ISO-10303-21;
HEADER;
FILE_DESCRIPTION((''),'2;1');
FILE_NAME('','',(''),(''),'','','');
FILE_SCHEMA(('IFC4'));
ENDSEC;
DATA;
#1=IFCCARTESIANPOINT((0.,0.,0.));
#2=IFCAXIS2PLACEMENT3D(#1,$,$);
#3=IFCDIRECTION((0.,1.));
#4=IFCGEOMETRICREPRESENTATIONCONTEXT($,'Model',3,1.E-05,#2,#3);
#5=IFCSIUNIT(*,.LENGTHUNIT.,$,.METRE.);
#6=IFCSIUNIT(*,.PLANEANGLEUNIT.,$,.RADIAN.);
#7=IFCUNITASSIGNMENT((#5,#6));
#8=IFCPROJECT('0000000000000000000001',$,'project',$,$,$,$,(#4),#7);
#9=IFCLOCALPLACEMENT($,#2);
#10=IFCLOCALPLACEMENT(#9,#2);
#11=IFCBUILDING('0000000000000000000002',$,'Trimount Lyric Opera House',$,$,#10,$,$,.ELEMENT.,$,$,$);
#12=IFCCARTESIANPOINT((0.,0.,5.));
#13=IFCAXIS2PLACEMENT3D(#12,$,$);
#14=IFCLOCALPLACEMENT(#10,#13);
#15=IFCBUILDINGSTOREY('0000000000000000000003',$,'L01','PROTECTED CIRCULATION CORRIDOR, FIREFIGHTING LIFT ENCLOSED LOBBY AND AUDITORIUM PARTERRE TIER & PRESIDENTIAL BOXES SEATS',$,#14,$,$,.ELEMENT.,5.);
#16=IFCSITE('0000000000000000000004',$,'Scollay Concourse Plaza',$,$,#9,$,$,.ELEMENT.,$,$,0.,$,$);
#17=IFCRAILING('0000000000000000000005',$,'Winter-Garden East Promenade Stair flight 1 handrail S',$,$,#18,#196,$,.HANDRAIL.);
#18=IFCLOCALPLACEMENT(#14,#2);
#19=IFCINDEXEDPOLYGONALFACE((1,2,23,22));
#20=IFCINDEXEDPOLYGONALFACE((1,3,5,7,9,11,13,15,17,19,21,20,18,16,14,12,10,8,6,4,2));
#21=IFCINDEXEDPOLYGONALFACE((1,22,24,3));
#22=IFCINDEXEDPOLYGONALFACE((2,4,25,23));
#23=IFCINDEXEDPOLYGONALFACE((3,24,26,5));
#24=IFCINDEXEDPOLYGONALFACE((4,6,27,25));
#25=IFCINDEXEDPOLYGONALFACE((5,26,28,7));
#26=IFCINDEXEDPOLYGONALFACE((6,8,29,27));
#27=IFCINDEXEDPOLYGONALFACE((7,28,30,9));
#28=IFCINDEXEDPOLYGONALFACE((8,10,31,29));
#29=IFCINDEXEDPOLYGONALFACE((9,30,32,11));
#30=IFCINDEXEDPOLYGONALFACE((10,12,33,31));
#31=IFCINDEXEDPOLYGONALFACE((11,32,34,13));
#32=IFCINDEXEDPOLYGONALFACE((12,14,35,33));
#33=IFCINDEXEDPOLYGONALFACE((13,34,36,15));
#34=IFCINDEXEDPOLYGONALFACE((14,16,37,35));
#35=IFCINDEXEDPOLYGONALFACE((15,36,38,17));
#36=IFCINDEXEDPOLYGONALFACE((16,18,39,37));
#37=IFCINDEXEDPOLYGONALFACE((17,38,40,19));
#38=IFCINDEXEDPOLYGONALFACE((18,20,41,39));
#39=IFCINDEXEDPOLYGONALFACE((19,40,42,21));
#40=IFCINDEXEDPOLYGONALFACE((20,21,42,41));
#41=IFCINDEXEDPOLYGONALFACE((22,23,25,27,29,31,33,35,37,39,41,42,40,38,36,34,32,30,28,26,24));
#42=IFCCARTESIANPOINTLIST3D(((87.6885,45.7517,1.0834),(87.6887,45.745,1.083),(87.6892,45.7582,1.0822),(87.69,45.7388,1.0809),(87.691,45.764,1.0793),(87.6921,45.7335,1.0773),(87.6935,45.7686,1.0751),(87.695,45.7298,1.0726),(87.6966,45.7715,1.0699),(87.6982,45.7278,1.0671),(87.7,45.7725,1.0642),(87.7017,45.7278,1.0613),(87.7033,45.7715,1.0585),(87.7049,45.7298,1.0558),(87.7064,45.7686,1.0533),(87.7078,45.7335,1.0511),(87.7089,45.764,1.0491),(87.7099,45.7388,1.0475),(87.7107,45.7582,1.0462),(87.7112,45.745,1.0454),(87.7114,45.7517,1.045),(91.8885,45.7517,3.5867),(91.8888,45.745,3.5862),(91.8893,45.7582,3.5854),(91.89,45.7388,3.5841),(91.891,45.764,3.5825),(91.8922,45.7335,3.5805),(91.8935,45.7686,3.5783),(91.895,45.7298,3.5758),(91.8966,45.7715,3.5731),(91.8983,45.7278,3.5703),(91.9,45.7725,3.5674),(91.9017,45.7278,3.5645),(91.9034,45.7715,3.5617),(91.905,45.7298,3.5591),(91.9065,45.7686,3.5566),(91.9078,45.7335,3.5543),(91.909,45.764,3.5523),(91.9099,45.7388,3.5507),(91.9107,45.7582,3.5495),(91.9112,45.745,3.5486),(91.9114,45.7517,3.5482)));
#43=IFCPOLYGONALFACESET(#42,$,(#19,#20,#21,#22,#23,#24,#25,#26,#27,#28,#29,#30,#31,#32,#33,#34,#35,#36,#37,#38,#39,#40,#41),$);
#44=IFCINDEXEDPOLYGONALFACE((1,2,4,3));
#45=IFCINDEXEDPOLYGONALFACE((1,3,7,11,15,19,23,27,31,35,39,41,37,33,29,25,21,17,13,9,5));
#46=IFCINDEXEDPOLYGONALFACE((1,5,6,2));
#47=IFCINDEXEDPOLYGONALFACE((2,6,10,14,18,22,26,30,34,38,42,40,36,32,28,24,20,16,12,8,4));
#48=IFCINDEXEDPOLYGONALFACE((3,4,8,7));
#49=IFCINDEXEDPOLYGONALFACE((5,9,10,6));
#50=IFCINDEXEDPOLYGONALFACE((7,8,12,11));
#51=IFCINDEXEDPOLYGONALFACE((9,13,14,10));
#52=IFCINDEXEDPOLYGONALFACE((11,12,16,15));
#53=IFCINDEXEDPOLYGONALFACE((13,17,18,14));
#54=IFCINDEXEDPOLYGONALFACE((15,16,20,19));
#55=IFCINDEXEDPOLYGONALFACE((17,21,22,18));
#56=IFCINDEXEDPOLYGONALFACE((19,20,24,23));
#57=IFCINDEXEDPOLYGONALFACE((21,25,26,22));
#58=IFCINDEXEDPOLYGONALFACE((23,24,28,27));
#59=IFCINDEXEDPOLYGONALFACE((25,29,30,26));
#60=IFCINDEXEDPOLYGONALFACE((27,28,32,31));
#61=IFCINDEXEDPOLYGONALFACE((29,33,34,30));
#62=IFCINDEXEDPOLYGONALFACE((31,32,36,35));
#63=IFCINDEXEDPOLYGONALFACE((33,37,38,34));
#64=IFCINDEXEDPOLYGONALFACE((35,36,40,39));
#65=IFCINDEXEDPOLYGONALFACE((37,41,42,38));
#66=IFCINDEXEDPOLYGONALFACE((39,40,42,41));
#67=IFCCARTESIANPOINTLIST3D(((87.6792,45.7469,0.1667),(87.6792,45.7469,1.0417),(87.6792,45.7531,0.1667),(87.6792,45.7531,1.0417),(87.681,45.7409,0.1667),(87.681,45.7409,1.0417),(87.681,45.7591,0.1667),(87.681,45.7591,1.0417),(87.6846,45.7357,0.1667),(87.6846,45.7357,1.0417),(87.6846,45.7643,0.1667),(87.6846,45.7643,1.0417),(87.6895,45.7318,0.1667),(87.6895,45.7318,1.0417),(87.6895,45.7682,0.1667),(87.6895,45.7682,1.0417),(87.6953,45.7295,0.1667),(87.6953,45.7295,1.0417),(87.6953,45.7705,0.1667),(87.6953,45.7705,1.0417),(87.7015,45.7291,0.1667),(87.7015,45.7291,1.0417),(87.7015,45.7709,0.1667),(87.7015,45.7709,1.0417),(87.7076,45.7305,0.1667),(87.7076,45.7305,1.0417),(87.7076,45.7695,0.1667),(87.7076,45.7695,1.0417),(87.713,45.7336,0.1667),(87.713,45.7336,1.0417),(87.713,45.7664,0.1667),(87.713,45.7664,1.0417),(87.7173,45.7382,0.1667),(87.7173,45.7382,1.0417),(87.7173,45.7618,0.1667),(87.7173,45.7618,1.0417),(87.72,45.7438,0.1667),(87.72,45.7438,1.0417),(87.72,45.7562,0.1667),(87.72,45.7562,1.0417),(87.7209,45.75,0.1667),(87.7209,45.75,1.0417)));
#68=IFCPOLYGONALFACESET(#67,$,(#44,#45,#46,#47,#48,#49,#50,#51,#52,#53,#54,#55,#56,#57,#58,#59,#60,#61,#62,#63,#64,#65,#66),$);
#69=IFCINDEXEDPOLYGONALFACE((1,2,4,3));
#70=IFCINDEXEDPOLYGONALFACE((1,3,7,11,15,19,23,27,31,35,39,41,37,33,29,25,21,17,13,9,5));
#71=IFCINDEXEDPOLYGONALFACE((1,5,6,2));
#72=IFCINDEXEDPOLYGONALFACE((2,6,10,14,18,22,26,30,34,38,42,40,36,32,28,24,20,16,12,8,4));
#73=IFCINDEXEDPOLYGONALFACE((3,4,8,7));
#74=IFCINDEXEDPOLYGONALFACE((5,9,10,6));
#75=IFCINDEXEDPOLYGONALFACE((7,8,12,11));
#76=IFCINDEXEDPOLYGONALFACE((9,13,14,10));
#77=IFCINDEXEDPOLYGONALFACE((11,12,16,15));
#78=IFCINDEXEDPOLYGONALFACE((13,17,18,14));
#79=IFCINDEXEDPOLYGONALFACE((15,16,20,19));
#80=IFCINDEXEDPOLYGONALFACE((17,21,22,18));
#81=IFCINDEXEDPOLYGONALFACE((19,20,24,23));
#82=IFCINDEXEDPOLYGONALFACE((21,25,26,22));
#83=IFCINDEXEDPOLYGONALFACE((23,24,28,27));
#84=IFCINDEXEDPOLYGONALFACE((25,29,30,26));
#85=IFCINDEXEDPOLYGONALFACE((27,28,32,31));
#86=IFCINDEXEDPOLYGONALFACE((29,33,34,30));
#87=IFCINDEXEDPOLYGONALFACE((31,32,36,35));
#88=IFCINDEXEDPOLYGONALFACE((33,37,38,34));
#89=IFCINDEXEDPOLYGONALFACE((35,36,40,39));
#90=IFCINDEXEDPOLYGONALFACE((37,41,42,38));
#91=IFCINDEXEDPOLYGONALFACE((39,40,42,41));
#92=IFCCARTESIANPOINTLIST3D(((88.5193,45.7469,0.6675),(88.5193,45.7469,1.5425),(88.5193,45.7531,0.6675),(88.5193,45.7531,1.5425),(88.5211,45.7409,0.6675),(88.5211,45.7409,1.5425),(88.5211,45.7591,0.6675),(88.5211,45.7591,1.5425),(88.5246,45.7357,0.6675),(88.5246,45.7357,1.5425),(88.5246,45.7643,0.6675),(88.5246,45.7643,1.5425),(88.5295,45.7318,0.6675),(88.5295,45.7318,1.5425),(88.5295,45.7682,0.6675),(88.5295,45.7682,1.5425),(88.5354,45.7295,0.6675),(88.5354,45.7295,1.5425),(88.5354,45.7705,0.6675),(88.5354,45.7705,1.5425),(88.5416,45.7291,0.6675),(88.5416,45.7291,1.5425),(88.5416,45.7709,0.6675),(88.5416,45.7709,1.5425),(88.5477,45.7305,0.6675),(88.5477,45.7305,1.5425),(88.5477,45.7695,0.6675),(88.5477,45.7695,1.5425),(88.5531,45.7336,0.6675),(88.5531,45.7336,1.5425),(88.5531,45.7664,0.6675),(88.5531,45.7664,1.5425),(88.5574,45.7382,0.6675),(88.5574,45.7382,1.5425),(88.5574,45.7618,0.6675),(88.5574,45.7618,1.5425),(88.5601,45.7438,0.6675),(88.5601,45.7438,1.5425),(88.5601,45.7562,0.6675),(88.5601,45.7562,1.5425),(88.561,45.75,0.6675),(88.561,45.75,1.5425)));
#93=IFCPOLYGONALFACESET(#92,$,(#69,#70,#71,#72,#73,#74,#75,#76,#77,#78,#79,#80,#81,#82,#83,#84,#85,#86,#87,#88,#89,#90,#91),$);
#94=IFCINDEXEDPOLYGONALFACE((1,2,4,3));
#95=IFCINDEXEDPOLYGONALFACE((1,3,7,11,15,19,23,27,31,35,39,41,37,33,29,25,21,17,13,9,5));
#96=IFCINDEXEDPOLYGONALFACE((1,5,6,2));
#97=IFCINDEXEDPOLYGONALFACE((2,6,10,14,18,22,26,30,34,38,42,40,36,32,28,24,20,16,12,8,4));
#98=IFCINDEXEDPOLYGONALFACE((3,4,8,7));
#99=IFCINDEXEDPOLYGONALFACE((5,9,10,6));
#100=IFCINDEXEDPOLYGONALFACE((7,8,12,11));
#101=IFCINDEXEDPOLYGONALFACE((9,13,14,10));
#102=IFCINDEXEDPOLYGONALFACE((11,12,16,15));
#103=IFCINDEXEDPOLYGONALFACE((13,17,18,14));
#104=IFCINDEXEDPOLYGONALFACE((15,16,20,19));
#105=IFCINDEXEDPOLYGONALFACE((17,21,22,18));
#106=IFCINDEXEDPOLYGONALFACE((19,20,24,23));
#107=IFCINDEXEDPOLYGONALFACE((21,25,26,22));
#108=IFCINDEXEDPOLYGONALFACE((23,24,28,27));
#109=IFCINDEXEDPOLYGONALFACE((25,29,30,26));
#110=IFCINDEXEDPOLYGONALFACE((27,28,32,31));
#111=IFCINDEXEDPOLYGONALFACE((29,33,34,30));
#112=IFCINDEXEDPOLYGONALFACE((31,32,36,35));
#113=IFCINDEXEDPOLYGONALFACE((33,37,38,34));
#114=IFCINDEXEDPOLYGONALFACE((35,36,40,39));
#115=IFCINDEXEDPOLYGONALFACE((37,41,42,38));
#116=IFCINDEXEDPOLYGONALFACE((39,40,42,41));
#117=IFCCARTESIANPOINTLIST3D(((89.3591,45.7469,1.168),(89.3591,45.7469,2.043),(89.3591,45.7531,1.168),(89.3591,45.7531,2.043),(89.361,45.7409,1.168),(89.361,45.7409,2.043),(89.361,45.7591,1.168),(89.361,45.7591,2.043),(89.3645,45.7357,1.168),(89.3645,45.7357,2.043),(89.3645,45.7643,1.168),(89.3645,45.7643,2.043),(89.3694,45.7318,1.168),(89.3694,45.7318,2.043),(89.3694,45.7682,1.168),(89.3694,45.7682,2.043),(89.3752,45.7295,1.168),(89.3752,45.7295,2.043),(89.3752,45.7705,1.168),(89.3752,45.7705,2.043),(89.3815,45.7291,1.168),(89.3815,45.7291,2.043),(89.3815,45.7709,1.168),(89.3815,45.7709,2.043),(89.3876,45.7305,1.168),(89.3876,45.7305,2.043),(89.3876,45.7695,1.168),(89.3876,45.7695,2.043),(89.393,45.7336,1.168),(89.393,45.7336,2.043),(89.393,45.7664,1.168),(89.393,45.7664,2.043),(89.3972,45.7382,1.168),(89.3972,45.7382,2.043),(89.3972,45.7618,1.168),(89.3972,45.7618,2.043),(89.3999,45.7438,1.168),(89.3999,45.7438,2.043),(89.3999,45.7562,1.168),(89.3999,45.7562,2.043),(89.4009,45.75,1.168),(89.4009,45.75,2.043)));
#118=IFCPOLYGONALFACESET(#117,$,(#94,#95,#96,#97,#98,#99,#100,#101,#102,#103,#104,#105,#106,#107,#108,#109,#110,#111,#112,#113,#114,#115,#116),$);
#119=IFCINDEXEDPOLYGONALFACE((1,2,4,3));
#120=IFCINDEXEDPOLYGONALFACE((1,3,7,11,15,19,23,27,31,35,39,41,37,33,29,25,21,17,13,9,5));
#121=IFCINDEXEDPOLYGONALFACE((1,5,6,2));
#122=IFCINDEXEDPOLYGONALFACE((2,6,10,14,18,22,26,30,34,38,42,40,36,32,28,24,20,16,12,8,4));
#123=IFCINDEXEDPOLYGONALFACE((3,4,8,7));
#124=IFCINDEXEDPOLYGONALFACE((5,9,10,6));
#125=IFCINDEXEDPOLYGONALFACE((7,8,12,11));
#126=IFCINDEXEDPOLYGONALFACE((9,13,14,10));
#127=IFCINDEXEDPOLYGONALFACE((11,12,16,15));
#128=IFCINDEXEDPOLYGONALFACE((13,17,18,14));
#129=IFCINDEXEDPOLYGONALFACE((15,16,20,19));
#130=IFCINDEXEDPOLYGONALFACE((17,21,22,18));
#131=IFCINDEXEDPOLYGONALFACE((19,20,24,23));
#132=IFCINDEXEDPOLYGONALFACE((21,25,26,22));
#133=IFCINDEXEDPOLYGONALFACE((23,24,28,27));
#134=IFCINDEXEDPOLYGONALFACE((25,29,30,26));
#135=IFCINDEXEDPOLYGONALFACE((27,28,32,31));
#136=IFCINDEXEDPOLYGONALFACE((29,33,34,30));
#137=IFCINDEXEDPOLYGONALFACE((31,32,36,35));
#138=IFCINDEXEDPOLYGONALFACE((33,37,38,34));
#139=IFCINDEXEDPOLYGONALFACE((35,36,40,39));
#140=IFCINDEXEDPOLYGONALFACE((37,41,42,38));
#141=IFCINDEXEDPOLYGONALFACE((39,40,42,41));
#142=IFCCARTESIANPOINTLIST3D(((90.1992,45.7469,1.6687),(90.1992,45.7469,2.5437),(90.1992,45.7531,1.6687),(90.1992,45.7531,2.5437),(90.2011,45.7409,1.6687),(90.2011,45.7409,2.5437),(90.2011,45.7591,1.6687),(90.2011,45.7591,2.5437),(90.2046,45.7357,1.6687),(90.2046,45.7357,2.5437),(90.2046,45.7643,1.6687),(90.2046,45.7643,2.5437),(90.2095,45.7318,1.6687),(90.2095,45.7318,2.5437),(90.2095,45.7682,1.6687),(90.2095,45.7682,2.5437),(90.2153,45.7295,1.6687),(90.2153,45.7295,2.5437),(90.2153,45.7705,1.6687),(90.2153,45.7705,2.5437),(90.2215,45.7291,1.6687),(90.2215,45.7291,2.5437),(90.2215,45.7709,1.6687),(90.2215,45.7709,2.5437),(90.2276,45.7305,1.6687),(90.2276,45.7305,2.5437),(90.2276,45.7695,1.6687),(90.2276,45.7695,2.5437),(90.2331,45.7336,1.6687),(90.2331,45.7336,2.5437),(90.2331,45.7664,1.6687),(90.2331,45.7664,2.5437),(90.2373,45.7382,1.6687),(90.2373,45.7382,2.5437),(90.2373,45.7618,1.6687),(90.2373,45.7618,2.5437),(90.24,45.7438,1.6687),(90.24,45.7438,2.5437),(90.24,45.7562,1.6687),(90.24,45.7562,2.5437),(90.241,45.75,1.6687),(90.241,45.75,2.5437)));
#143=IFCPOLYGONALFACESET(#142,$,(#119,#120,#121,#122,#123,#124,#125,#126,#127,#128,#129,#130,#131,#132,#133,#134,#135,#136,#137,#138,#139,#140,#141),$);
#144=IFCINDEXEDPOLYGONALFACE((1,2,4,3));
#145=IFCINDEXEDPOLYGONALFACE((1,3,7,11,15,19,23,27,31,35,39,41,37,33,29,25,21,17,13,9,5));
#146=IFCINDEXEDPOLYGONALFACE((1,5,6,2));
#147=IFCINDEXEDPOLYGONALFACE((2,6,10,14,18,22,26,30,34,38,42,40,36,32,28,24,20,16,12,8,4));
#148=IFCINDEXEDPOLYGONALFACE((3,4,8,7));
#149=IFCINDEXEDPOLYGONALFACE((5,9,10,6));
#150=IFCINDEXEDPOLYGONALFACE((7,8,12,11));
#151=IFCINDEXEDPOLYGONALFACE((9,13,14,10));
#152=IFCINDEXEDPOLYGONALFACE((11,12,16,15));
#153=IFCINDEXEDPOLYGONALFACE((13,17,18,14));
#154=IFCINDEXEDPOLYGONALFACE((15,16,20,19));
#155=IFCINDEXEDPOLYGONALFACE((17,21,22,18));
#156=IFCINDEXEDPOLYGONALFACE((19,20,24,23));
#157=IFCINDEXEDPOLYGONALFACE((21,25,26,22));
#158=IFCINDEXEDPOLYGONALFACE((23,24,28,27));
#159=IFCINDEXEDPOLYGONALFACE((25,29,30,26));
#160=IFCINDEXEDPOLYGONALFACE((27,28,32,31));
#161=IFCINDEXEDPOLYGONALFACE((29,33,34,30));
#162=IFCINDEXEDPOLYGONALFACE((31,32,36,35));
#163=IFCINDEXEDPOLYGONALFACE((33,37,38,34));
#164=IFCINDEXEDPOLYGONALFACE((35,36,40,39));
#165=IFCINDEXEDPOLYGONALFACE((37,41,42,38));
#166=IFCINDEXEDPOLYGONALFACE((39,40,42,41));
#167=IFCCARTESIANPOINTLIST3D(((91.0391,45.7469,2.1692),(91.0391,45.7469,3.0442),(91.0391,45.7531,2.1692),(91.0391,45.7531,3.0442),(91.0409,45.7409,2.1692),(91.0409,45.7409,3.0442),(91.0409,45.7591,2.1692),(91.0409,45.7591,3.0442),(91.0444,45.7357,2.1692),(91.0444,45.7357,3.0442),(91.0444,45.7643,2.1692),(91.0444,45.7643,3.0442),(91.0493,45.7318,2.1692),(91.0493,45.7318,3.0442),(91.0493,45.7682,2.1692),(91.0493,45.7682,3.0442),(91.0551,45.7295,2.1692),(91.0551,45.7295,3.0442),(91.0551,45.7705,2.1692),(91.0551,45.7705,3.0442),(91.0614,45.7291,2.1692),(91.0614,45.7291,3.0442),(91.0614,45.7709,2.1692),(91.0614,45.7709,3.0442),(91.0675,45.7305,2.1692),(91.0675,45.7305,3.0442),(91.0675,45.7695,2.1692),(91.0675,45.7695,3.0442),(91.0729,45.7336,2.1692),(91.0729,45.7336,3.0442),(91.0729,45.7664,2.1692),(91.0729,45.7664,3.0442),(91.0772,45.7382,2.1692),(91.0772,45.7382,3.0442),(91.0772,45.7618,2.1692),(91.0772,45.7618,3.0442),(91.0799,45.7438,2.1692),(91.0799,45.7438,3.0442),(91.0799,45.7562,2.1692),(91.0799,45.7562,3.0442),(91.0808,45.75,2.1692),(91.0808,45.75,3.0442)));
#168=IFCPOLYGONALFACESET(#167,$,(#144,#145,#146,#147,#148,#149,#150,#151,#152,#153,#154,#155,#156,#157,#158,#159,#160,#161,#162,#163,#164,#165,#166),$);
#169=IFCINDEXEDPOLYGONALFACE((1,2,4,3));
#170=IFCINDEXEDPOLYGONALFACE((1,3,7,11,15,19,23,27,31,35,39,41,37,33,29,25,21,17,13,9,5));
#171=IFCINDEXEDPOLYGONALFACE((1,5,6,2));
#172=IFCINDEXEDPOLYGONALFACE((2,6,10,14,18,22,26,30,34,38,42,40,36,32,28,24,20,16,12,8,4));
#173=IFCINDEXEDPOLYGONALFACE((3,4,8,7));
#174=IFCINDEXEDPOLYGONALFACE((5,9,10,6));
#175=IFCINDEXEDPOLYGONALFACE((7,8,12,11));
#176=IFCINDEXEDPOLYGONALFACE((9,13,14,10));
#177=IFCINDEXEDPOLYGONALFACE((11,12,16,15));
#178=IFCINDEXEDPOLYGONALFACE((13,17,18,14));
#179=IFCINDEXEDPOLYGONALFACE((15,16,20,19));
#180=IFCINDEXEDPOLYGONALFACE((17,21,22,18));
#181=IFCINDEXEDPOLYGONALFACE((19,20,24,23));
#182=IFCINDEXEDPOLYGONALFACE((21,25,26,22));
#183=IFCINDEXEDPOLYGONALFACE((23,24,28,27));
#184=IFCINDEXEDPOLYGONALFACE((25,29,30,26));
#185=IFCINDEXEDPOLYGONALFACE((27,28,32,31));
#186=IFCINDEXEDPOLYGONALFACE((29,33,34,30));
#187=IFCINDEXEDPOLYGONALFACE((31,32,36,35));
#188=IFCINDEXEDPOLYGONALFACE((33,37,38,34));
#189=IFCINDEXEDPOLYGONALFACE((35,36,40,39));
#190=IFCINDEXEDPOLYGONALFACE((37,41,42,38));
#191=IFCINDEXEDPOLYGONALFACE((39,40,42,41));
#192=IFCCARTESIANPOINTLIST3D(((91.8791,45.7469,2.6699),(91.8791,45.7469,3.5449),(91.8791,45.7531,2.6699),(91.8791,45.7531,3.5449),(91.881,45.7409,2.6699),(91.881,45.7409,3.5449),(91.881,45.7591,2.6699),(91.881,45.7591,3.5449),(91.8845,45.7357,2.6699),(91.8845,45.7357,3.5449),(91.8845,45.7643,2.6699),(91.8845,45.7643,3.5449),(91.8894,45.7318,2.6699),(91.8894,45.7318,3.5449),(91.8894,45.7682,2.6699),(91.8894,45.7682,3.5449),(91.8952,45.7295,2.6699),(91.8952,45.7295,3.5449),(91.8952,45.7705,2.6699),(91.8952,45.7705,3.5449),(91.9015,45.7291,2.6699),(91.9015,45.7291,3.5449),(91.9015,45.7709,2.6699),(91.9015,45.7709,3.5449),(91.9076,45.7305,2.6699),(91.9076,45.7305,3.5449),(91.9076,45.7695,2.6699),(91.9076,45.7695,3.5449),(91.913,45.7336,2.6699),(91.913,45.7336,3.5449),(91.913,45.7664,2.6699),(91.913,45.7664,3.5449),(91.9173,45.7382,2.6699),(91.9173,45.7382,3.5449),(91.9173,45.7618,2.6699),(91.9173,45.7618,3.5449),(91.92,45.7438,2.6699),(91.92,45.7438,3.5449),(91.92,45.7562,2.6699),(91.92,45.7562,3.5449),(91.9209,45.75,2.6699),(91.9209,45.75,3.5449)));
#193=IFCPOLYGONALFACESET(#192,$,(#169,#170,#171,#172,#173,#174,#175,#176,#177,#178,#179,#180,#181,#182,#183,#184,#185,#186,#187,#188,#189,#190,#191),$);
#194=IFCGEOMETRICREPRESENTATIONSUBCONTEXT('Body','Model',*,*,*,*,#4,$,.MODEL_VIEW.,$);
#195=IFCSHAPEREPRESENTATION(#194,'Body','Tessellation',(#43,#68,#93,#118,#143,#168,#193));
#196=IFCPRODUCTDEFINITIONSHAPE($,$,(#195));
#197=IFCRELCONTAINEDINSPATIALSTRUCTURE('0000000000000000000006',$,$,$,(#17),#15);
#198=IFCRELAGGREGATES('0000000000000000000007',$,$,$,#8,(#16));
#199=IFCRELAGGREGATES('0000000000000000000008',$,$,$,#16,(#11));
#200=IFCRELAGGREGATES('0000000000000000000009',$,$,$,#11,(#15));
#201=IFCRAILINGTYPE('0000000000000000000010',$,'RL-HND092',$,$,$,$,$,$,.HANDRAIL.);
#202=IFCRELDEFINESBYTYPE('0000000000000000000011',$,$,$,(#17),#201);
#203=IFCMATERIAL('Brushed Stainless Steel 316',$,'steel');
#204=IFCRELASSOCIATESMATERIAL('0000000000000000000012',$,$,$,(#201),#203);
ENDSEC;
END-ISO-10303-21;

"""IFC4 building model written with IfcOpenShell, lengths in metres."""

from ifc_helpers import new_model, si_unit, direction, frame, origin, origin_2d, place, context, subcontext, project, spatial, circle, extrude, material, type_object, element, save


model = new_model("IFC4")

# Units and contexts
model_context = context("Model", 3, precision=1e-05, world=origin(), true_north=direction((0.0, 1.0)))
body_context = subcontext(model_context, "Body", "Model", "MODEL_VIEW")
ifc_project = project(units=[si_unit("LENGTHUNIT", "METRE"), si_unit("PLANEANGLEUNIT", "RADIAN")], contexts=[model_context])

# Site, building, storey
site_placement = place(None, origin())
site = spatial("IfcSite", under=ifc_project, at=site_placement, Name="Scollay Concourse Plaza", CompositionType="ELEMENT", RefElevation=0.0)
building_placement = place(site_placement, origin())
building = spatial("IfcBuilding", under=site, at=building_placement, Name="Trimount Lyric Opera House", CompositionType="ELEMENT")
storey_placement = place(building_placement, frame((0.0, 0.0, 5.0)))
storey = spatial("IfcBuildingStorey", under=building, at=storey_placement, Name="L01", Description="PROTECTED CIRCULATION CORRIDOR, FIREFIGHTING LIFT ENCLOSED LOBBY AND AUDITORIUM PARTERRE TIER & PRESIDENTIAL BOXES SEATS", CompositionType="ELEMENT", Elevation=5.0)

# Railing
ifc_material_1 = material(Name="Brushed Stainless Steel 316", Category="steel")
railing_type_1 = type_object("IfcRailingType", Name="RL-HND092", PredefinedType="HANDRAIL", material=ifc_material_1)
for number, where, name in (
    (1, (87.7, 45.75, 0.1667), "Winter-Garden East Promenade Stair flight 1 handrail S"),
):
    element("IfcRailing", number, at=place(storey_placement, frame(where)), inside=storey, type_object=railing_type_1, Name=name, PredefinedType="HANDRAIL", context=body_context, shape_type="SweptSolid", body=[
        extrude(circle(Radius=0.0225, at=origin_2d()), frame((0.0, 0.0, 0.8975), z_axis=(0.859005, 0.0, 0.511967), x_axis=(0.0, 1.0, 0.0)), (0.0, 0.0, 1.0), 4.8894),
        extrude(circle(Radius=0.021, at=origin_2d()), origin(), (0.0, 0.0, 1.0), 0.875),
        extrude(circle(Radius=0.021, at=origin_2d()), frame((0.8401, 0.0, 0.5007)), (0.0, 0.0, 1.0), 0.875),
        extrude(circle(Radius=0.021, at=origin_2d()), frame((1.6799, 0.0, 1.0012)), (0.0, 0.0, 1.0), 0.875),
        extrude(circle(Radius=0.021, at=origin_2d()), frame((2.52, 0.0, 1.502)), (0.0, 0.0, 1.0), 0.875),
        extrude(circle(Radius=0.021, at=origin_2d()), frame((3.3599, 0.0, 2.0024)), (0.0, 0.0, 1.0), 0.875),
        extrude(circle(Radius=0.021, at=origin_2d()), frame((4.2, 0.0, 2.5032)), (0.0, 0.0, 1.0), 0.875),
    ])

save(model, "model.ifc")
